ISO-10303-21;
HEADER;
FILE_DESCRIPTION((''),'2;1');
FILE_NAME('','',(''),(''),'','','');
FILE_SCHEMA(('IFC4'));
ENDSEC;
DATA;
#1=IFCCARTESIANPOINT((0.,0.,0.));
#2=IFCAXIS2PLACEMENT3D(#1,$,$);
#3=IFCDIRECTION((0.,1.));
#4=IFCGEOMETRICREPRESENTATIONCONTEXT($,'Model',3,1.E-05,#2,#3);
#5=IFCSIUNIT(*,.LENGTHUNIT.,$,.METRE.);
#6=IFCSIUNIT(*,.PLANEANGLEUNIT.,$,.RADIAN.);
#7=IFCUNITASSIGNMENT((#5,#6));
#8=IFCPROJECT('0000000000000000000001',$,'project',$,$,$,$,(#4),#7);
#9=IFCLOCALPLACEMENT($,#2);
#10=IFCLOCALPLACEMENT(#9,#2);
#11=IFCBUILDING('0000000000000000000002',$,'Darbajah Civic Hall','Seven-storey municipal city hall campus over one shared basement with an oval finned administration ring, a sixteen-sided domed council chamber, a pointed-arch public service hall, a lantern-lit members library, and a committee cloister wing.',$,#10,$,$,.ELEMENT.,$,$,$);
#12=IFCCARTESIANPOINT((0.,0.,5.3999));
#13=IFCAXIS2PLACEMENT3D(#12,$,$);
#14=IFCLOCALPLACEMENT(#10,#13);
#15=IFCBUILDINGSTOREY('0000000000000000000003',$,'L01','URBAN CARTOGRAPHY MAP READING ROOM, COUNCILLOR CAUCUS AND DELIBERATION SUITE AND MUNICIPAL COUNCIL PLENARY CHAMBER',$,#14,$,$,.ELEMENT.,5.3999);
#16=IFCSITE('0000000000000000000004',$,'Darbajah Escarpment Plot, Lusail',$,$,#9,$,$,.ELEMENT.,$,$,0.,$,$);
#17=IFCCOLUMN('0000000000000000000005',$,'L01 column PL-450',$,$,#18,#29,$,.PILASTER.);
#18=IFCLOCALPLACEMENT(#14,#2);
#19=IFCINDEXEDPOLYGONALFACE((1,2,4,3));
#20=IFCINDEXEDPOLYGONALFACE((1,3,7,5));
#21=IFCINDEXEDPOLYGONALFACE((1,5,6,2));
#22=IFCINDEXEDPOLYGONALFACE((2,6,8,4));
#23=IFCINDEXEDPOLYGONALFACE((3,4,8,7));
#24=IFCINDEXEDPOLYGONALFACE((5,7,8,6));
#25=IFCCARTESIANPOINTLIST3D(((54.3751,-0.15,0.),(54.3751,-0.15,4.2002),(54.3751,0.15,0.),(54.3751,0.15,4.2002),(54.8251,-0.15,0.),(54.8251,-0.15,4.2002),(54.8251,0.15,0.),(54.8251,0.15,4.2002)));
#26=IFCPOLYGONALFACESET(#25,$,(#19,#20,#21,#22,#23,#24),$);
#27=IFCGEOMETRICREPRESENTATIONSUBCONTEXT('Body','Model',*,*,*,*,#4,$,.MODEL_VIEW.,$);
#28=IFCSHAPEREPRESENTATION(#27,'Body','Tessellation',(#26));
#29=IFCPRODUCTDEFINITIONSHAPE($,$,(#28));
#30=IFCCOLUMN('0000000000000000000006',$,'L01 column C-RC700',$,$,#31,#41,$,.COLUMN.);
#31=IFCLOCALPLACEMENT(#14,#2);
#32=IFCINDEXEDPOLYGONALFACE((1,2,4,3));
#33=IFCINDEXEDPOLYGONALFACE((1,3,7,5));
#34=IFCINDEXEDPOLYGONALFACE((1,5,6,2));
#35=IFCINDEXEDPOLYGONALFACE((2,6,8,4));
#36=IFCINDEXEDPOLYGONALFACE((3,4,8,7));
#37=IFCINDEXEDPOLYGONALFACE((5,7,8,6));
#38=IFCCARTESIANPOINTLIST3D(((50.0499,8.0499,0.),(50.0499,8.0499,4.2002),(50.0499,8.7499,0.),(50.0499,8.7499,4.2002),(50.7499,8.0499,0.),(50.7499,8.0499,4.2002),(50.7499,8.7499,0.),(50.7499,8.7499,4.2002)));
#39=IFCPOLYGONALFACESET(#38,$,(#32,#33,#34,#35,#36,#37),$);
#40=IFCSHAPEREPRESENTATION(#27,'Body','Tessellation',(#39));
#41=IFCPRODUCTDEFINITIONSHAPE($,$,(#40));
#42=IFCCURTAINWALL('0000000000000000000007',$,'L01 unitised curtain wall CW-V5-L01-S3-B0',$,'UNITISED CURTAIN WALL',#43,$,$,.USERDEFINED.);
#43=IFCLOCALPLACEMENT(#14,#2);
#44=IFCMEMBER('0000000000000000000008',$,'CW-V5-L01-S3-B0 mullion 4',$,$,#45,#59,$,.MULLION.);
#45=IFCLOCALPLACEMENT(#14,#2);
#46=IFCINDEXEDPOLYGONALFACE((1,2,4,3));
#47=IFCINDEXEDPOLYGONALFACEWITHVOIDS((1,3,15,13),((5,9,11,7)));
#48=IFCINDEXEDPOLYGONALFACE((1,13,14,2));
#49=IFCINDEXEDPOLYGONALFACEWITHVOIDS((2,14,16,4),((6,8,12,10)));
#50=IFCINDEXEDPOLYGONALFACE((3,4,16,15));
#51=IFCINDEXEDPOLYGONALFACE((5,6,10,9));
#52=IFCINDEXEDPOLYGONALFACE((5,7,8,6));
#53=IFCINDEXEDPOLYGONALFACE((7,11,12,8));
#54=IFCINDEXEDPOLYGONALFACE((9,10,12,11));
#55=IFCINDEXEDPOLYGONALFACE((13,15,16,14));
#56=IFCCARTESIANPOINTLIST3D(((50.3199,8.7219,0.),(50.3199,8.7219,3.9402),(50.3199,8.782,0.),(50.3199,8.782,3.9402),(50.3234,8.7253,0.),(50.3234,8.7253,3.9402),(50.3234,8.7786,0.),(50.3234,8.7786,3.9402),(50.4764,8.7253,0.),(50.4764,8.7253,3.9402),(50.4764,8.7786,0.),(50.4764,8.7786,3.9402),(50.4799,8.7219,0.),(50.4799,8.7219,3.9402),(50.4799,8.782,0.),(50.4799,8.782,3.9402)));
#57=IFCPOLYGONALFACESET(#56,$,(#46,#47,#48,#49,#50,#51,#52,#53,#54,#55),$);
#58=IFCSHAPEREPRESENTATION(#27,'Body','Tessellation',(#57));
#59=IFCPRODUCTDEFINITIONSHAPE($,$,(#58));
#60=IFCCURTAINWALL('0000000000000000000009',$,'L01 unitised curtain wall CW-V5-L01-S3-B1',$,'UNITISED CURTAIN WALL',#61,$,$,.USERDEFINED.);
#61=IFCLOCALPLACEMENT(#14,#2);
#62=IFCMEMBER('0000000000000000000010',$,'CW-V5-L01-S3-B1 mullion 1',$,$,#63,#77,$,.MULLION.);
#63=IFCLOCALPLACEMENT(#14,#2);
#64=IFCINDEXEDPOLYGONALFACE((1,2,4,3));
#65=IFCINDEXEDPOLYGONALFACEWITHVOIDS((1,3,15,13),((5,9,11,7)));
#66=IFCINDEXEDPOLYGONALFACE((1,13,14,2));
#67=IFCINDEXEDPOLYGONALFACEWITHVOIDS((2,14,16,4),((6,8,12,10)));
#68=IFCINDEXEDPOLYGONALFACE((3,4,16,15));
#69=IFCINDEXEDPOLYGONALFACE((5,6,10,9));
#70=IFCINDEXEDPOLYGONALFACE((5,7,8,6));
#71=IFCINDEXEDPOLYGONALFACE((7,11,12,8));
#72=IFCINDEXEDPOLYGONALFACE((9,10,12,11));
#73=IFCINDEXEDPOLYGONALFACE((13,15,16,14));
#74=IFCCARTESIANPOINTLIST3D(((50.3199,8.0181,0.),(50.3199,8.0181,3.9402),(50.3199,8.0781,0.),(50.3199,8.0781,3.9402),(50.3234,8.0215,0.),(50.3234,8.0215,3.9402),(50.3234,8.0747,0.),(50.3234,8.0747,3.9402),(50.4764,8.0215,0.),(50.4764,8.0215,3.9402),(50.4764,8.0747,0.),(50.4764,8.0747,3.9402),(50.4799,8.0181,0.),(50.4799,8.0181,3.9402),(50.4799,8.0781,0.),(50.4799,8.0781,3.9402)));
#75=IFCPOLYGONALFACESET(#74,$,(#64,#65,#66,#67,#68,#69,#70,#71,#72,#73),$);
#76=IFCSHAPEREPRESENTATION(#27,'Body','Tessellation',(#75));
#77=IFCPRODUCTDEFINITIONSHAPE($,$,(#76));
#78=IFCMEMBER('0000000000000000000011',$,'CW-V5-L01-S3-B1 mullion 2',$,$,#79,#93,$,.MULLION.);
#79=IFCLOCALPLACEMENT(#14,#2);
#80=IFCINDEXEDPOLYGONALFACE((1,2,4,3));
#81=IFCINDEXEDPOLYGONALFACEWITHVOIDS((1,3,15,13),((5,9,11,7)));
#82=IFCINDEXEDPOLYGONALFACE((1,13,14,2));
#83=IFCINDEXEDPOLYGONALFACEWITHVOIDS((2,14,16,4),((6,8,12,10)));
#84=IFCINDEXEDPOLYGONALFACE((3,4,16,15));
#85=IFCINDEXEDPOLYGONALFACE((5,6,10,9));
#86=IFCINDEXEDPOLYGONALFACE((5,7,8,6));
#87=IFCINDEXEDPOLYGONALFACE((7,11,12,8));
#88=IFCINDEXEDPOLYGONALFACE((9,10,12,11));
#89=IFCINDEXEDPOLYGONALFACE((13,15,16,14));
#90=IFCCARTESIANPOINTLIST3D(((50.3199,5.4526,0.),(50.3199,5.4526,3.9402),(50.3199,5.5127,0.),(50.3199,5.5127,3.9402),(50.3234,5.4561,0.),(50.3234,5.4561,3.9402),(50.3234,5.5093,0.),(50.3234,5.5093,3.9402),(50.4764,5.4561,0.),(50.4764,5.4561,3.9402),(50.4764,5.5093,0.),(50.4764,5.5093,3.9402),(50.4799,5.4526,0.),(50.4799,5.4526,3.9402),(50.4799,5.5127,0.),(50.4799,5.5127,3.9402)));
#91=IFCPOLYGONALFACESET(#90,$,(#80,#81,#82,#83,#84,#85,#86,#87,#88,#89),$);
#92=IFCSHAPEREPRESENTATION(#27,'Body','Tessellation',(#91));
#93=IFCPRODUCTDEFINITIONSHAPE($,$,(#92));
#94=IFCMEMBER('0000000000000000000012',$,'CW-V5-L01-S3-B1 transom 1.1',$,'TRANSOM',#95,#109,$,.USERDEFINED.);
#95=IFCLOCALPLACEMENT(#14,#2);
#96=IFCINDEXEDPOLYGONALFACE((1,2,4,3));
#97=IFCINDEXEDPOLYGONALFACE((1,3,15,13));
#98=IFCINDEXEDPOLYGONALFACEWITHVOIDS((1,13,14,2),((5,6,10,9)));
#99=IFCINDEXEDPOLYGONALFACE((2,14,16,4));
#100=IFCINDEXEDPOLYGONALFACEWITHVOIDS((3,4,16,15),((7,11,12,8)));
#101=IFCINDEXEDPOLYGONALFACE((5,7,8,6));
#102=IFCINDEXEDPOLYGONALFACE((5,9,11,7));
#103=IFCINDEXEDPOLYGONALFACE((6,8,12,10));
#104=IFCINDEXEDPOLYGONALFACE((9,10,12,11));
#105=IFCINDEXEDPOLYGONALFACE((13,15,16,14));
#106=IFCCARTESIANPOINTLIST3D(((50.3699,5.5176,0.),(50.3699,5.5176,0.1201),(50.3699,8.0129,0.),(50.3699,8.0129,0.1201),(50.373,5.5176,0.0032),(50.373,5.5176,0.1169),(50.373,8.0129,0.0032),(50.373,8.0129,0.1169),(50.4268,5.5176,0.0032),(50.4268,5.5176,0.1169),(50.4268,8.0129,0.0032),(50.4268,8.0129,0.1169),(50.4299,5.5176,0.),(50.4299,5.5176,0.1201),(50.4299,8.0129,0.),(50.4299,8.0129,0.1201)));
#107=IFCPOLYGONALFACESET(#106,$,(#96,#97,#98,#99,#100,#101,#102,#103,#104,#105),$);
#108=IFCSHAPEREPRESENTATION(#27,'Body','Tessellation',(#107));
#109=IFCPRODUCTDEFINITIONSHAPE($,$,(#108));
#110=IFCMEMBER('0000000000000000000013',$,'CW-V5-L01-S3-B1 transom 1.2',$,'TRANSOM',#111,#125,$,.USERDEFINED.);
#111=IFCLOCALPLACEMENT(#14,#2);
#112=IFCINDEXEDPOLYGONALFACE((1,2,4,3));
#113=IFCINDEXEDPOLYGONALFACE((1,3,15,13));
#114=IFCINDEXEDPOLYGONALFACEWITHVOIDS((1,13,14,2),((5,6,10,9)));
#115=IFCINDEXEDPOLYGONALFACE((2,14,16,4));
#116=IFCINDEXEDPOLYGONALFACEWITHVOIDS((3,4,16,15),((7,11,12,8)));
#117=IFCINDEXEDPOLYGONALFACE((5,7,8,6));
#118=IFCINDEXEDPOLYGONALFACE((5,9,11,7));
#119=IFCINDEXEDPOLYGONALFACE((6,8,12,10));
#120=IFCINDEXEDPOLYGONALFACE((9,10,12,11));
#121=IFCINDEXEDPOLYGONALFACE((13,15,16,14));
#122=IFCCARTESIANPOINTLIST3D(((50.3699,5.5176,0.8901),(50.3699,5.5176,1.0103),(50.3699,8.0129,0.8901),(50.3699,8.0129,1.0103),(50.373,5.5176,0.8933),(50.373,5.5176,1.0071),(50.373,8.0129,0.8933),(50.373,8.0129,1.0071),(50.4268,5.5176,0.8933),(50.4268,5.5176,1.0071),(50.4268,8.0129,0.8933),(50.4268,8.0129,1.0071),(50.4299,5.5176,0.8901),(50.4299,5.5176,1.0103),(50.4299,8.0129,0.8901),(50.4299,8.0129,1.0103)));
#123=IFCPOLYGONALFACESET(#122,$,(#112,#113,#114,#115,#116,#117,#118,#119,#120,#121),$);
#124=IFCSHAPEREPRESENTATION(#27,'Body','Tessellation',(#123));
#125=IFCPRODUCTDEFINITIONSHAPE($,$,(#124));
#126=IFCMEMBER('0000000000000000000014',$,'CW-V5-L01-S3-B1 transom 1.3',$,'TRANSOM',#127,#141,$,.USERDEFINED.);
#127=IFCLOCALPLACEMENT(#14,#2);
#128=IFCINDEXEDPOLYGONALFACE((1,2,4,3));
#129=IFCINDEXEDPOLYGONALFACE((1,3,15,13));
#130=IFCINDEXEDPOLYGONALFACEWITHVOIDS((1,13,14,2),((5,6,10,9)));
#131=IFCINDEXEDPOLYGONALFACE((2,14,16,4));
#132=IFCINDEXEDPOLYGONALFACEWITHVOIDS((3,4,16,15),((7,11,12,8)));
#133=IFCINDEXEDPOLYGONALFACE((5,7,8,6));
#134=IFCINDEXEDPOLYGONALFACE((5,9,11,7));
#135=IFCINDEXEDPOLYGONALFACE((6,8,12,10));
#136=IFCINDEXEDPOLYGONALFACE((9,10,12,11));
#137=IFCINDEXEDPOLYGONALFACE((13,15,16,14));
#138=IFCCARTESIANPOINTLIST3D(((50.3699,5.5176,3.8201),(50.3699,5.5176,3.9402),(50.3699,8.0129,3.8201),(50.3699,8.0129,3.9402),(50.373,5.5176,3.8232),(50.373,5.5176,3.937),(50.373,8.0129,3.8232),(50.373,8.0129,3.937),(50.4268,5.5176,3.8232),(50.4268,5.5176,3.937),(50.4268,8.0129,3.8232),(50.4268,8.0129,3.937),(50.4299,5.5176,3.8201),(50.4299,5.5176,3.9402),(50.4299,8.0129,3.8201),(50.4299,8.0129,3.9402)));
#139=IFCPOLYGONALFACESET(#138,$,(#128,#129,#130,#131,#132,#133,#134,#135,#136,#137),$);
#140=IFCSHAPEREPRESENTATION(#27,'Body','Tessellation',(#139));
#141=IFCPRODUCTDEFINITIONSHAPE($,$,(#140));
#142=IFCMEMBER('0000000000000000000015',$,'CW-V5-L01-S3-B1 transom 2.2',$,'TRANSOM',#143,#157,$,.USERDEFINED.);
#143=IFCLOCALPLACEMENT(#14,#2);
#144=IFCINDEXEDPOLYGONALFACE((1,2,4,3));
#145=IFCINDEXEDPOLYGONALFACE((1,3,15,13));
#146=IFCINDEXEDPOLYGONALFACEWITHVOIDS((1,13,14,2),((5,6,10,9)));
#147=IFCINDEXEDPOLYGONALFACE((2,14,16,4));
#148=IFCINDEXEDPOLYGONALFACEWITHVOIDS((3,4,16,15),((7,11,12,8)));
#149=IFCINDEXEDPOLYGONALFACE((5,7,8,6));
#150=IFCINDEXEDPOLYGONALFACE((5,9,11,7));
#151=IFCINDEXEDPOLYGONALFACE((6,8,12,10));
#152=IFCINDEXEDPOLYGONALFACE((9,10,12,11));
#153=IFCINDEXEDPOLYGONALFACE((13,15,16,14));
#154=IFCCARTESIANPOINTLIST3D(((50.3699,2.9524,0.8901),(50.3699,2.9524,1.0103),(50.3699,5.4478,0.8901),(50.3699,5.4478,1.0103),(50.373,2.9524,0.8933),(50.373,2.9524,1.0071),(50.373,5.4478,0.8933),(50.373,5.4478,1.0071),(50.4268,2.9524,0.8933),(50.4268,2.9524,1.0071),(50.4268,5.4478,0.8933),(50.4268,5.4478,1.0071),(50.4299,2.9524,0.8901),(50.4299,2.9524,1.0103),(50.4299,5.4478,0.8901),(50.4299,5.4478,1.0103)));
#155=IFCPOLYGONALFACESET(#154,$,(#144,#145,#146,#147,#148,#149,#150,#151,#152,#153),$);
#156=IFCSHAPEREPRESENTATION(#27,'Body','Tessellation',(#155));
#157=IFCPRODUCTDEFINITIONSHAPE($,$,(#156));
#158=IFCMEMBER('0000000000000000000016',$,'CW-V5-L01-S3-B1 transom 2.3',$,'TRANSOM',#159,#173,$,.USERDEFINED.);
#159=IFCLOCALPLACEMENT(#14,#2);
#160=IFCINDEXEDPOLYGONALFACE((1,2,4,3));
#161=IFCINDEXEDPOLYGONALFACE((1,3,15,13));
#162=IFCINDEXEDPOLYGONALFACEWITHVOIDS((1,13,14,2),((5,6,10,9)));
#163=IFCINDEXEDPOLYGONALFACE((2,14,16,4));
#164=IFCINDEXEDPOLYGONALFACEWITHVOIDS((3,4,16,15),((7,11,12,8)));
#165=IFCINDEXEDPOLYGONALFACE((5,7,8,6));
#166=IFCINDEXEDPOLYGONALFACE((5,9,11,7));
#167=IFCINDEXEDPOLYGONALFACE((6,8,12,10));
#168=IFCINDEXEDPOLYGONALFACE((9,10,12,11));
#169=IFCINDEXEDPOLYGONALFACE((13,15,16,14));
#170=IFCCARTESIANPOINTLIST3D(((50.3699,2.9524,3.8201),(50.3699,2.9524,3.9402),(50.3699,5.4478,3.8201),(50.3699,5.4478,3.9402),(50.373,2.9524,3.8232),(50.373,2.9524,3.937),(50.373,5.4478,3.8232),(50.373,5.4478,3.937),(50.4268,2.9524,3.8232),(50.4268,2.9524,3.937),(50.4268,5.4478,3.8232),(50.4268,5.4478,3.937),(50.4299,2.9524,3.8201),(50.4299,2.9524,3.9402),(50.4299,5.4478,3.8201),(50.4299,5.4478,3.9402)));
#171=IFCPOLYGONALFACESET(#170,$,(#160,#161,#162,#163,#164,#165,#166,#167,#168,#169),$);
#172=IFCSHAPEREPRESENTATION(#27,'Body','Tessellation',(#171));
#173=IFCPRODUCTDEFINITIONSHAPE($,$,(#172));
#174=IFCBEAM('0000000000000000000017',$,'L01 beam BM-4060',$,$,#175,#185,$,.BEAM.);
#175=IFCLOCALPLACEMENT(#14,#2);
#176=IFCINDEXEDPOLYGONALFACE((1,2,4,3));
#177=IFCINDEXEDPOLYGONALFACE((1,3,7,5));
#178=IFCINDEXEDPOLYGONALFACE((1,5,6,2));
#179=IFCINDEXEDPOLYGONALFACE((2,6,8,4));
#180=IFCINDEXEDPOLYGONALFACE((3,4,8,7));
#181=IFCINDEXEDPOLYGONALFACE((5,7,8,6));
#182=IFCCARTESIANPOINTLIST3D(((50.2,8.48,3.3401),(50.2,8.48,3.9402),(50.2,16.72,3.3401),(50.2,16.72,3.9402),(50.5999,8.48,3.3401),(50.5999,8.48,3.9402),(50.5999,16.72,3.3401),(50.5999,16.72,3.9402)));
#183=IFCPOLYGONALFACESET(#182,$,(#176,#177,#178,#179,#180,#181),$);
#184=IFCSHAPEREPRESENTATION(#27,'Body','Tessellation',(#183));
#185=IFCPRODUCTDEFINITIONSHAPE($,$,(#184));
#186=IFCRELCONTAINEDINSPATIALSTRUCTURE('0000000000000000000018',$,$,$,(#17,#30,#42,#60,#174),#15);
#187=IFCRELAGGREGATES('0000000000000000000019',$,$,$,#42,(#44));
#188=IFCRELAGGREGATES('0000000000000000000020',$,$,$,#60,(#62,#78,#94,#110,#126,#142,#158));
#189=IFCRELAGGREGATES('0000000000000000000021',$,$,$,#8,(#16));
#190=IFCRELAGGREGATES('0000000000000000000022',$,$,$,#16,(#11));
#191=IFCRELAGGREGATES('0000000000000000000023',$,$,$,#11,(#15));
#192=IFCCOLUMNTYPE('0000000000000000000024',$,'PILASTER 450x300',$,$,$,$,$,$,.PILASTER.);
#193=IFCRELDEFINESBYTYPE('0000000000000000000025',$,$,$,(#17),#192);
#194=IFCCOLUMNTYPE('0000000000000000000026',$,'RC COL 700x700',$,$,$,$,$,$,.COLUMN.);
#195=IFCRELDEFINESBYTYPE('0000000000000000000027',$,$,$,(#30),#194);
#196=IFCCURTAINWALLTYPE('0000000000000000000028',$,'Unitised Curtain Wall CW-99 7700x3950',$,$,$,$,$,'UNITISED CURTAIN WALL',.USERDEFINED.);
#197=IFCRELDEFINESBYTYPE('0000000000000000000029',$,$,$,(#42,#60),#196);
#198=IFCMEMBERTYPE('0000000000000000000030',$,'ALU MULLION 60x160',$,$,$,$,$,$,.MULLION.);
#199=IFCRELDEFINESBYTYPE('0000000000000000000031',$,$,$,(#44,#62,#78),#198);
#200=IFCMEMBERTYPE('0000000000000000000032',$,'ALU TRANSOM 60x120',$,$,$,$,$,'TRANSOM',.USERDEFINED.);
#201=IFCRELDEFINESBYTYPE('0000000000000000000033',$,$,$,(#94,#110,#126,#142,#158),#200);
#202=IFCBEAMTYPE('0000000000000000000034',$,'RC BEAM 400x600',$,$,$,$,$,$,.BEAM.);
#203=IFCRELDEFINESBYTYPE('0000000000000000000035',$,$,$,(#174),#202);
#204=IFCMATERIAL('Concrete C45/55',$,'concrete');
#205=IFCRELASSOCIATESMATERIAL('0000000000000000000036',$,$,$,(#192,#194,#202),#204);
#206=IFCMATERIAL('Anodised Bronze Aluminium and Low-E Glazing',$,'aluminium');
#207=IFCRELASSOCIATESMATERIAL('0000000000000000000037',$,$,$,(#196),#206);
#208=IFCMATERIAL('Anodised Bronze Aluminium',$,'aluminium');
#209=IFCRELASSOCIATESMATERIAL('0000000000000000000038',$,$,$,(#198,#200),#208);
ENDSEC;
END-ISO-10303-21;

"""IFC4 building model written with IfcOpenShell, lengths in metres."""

from ifc_helpers import new_model, si_unit, direction, frame, origin, origin_2d, place, context, subcontext, project, spatial, rectangle, hollow_rectangle, extrude, material, material_profile, profile_set, type_object, element, aggregate, save


model = new_model("IFC4")

# Units and contexts
model_context = context("Model", 3, precision=1e-05, world=origin(), true_north=direction((0.0, 1.0)))
body_context = subcontext(model_context, "Body", "Model", "MODEL_VIEW")
ifc_project = project(units=[si_unit("LENGTHUNIT", "METRE"), si_unit("PLANEANGLEUNIT", "RADIAN")], contexts=[model_context])

# Site, building, storey
site_placement = place(None, origin())
site = spatial("IfcSite", under=ifc_project, at=site_placement, Name="Darbajah Escarpment Plot, Lusail", CompositionType="ELEMENT", RefElevation=0.0)
building_placement = place(site_placement, origin())
building = spatial("IfcBuilding", under=site, at=building_placement, Name="Darbajah Civic Hall", Description="Seven-storey municipal city hall campus over one shared basement with an oval finned administration ring, a sixteen-sided domed council chamber, a pointed-arch public service hall, a lantern-lit members library, and a committee cloister wing.", CompositionType="ELEMENT")
storey_placement = place(building_placement, frame((0.0, 0.0, 5.3999)))
storey = spatial("IfcBuildingStorey", under=building, at=storey_placement, Name="L01", Description="URBAN CARTOGRAPHY MAP READING ROOM, COUNCILLOR CAUCUS AND DELIBERATION SUITE AND MUNICIPAL COUNCIL PLENARY CHAMBER", CompositionType="ELEMENT", Elevation=5.3999)

# Columns
ifc_material_1 = material(Name="Concrete C45/55", Category="concrete")
ifc_material_profile_1 = material_profile(ifc_material_1, rectangle(XDim=0.45, YDim=0.3, at=origin_2d()), Name="PILASTER 450x300")
ifc_profile_set_1 = profile_set([ifc_material_profile_1], Name="Concrete C45/55")
column_type_1 = type_object("IfcColumnType", Name="PILASTER 450x300", PredefinedType="PILASTER", material=ifc_profile_set_1)
column_1_placement = place(storey_placement, frame((54.6001, 0.0, 0.0), z_axis=(0.0, 0.0, 1.0), x_axis=(1.0, 0.0, 0.0)))
element("IfcColumn", 1, at=column_1_placement, inside=storey, type_object=column_type_1, Name="L01 column PL-450", PredefinedType="PILASTER", context=body_context, shape_type="SweptSolid", body=[
    extrude(rectangle(XDim=0.45, YDim=0.3, at=origin_2d()), origin(), (0.0, 0.0, 1.0), 4.2002),
])
ifc_material_profile_2 = material_profile(ifc_material_1, rectangle(XDim=0.7, YDim=0.7, at=origin_2d()), Name="RC COL 700x700")
ifc_profile_set_2 = profile_set([ifc_material_profile_2], Name="Concrete C45/55")
column_type_2 = type_object("IfcColumnType", Name="RC COL 700x700", PredefinedType="COLUMN", material=ifc_profile_set_2)
column_2_placement = place(storey_placement, frame((50.3999, 8.3999, 0.0), z_axis=(0.0, 0.0, 1.0), x_axis=(1.0, 0.0, 0.0)))
element("IfcColumn", 2, at=column_2_placement, inside=storey, type_object=column_type_2, Name="L01 column C-RC700", PredefinedType="COLUMN", context=body_context, shape_type="SweptSolid", body=[
    extrude(rectangle(XDim=0.7, YDim=0.7, at=origin_2d()), origin(), (0.0, 0.0, 1.0), 4.2002),
])

# Curtain wall, member
ifc_material_2 = material(Name="Anodised Bronze Aluminium and Low-E Glazing", Category="aluminium")
curtain_wall_type = type_object("IfcCurtainWallType", Name="Unitised Curtain Wall CW-99 7700x3950", ElementType="UNITISED CURTAIN WALL", PredefinedType="USERDEFINED", material=ifc_material_2)
curtain_wall_1_placement = place(storey_placement, origin())
curtain_wall_1 = element("IfcCurtainWall", 3, at=curtain_wall_1_placement, inside=storey, type_object=curtain_wall_type, Name="L01 unitised curtain wall CW-V5-L01-S3-B0", ObjectType="UNITISED CURTAIN WALL", PredefinedType="USERDEFINED")
ifc_material_3 = material(Name="Anodised Bronze Aluminium", Category="aluminium")
ifc_material_profile_3 = material_profile(ifc_material_3, hollow_rectangle(XDim=0.0601, YDim=0.1599, WallThickness=0.0034, at=origin_2d()), Name="ALU MULLION 60x160")
ifc_profile_set_3 = profile_set([ifc_material_profile_3], Name="Anodised Bronze Aluminium")
member_type_1 = type_object("IfcMemberType", Name="ALU MULLION 60x160", PredefinedType="MULLION", material=ifc_profile_set_3)
member_1_placement = place(storey_placement, frame((50.3999, 8.752, 0.0), z_axis=(0.0, 0.0, 1.0), x_axis=(0.0, -1.0, 0.0)))
member_1 = element("IfcMember", 4, at=member_1_placement, type_object=member_type_1, Name="CW-V5-L01-S3-B0 mullion 4", PredefinedType="MULLION", context=body_context, shape_type="SweptSolid", body=[
    extrude(hollow_rectangle(XDim=0.0601, YDim=0.1599, WallThickness=0.0034, at=origin_2d()), origin(), (0.0, 0.0, 1.0), 3.9402),
])

# Curtain wall, members
curtain_wall_2_placement = place(storey_placement, origin())
curtain_wall_2 = element("IfcCurtainWall", 5, at=curtain_wall_2_placement, inside=storey, type_object=curtain_wall_type, Name="L01 unitised curtain wall CW-V5-L01-S3-B1", ObjectType="UNITISED CURTAIN WALL", PredefinedType="USERDEFINED")
member_2_placement = place(storey_placement, frame((50.3999, 8.0481, 0.0), z_axis=(0.0, 0.0, 1.0), x_axis=(0.0, -1.0, 0.0)))
member_2 = element("IfcMember", 6, at=member_2_placement, type_object=member_type_1, Name="CW-V5-L01-S3-B1 mullion 1", PredefinedType="MULLION", context=body_context, shape_type="SweptSolid", body=[
    extrude(hollow_rectangle(XDim=0.0601, YDim=0.1599, WallThickness=0.0034, at=origin_2d()), origin(), (0.0, 0.0, 1.0), 3.9402),
])
member_3_placement = place(storey_placement, frame((50.3999, 5.4827, 0.0), z_axis=(0.0, 0.0, 1.0), x_axis=(0.0, -1.0, 0.0)))
member_3 = element("IfcMember", 7, at=member_3_placement, type_object=member_type_1, Name="CW-V5-L01-S3-B1 mullion 2", PredefinedType="MULLION", context=body_context, shape_type="SweptSolid", body=[
    extrude(hollow_rectangle(XDim=0.0601, YDim=0.1599, WallThickness=0.0034, at=origin_2d()), origin(), (0.0, 0.0, 1.0), 3.9402),
])
ifc_material_profile_4 = material_profile(ifc_material_3, hollow_rectangle(XDim=0.0601, YDim=0.1201, WallThickness=0.0032, at=origin_2d()), Name="ALU TRANSOM 60x120")
ifc_profile_set_4 = profile_set([ifc_material_profile_4], Name="Anodised Bronze Aluminium")
member_type_2 = type_object("IfcMemberType", Name="ALU TRANSOM 60x120", ElementType="TRANSOM", PredefinedType="USERDEFINED", material=ifc_profile_set_4)
member_4_placement = place(storey_placement, frame((50.3999, 8.0129, 0.0601), z_axis=(0.0, -1.0, 0.0), x_axis=(1.0, 0.0, 0.0)))
member_4 = element("IfcMember", 8, at=member_4_placement, type_object=member_type_2, Name="CW-V5-L01-S3-B1 transom 1.1", ObjectType="TRANSOM", PredefinedType="USERDEFINED", context=body_context, shape_type="SweptSolid", body=[
    extrude(hollow_rectangle(XDim=0.0601, YDim=0.1201, WallThickness=0.0032, at=origin_2d()), origin(), (0.0, 0.0, 1.0), 2.4954),
])
member_5_placement = place(storey_placement, frame((50.3999, 8.0129, 0.9502), z_axis=(0.0, -1.0, 0.0), x_axis=(1.0, 0.0, 0.0)))
member_5 = element("IfcMember", 9, at=member_5_placement, type_object=member_type_2, Name="CW-V5-L01-S3-B1 transom 1.2", ObjectType="TRANSOM", PredefinedType="USERDEFINED", context=body_context, shape_type="SweptSolid", body=[
    extrude(hollow_rectangle(XDim=0.0601, YDim=0.1201, WallThickness=0.0032, at=origin_2d()), origin(), (0.0, 0.0, 1.0), 2.4954),
])
member_6_placement = place(storey_placement, frame((50.3999, 8.0129, 3.8801), z_axis=(0.0, -1.0, 0.0), x_axis=(1.0, 0.0, 0.0)))
member_6 = element("IfcMember", 10, at=member_6_placement, type_object=member_type_2, Name="CW-V5-L01-S3-B1 transom 1.3", ObjectType="TRANSOM", PredefinedType="USERDEFINED", context=body_context, shape_type="SweptSolid", body=[
    extrude(hollow_rectangle(XDim=0.0601, YDim=0.1201, WallThickness=0.0032, at=origin_2d()), origin(), (0.0, 0.0, 1.0), 2.4954),
])
member_7_placement = place(storey_placement, frame((50.3999, 5.4478, 0.9502), z_axis=(0.0, -1.0, 0.0), x_axis=(1.0, 0.0, 0.0)))
member_7 = element("IfcMember", 11, at=member_7_placement, type_object=member_type_2, Name="CW-V5-L01-S3-B1 transom 2.2", ObjectType="TRANSOM", PredefinedType="USERDEFINED", context=body_context, shape_type="SweptSolid", body=[
    extrude(hollow_rectangle(XDim=0.0601, YDim=0.1201, WallThickness=0.0032, at=origin_2d()), origin(), (0.0, 0.0, 1.0), 2.4954),
])
member_8_placement = place(storey_placement, frame((50.3999, 5.4478, 3.8801), z_axis=(0.0, -1.0, 0.0), x_axis=(1.0, 0.0, 0.0)))
member_8 = element("IfcMember", 12, at=member_8_placement, type_object=member_type_2, Name="CW-V5-L01-S3-B1 transom 2.3", ObjectType="TRANSOM", PredefinedType="USERDEFINED", context=body_context, shape_type="SweptSolid", body=[
    extrude(hollow_rectangle(XDim=0.0601, YDim=0.1201, WallThickness=0.0032, at=origin_2d()), origin(), (0.0, 0.0, 1.0), 2.4954),
])

# Beam
ifc_material_profile_5 = material_profile(ifc_material_1, rectangle(XDim=0.3999, YDim=0.6001, at=origin_2d()), Name="RC BEAM 400x600")
ifc_profile_set_5 = profile_set([ifc_material_profile_5], Name="Concrete C45/55")
beam_type_1 = type_object("IfcBeamType", Name="RC BEAM 400x600", PredefinedType="BEAM", material=ifc_profile_set_5)
beam_1_placement = place(storey_placement, frame((50.3999, 8.48, 3.6401), z_axis=(0.0, 1.0, 0.0), x_axis=(-1.0, 0.0, 0.0)))
element("IfcBeam", 13, at=beam_1_placement, inside=storey, type_object=beam_type_1, Name="L01 beam BM-4060", PredefinedType="BEAM", context=body_context, shape_type="SweptSolid", body=[
    extrude(rectangle(XDim=0.3999, YDim=0.6001, at=origin_2d()), origin(), (0.0, 0.0, 1.0), 8.24),
])

aggregate(curtain_wall_1, [member_1])
aggregate(curtain_wall_2, [member_2, member_3, member_4, member_5, member_6, member_7, member_8])

save(model, "model.ifc")
